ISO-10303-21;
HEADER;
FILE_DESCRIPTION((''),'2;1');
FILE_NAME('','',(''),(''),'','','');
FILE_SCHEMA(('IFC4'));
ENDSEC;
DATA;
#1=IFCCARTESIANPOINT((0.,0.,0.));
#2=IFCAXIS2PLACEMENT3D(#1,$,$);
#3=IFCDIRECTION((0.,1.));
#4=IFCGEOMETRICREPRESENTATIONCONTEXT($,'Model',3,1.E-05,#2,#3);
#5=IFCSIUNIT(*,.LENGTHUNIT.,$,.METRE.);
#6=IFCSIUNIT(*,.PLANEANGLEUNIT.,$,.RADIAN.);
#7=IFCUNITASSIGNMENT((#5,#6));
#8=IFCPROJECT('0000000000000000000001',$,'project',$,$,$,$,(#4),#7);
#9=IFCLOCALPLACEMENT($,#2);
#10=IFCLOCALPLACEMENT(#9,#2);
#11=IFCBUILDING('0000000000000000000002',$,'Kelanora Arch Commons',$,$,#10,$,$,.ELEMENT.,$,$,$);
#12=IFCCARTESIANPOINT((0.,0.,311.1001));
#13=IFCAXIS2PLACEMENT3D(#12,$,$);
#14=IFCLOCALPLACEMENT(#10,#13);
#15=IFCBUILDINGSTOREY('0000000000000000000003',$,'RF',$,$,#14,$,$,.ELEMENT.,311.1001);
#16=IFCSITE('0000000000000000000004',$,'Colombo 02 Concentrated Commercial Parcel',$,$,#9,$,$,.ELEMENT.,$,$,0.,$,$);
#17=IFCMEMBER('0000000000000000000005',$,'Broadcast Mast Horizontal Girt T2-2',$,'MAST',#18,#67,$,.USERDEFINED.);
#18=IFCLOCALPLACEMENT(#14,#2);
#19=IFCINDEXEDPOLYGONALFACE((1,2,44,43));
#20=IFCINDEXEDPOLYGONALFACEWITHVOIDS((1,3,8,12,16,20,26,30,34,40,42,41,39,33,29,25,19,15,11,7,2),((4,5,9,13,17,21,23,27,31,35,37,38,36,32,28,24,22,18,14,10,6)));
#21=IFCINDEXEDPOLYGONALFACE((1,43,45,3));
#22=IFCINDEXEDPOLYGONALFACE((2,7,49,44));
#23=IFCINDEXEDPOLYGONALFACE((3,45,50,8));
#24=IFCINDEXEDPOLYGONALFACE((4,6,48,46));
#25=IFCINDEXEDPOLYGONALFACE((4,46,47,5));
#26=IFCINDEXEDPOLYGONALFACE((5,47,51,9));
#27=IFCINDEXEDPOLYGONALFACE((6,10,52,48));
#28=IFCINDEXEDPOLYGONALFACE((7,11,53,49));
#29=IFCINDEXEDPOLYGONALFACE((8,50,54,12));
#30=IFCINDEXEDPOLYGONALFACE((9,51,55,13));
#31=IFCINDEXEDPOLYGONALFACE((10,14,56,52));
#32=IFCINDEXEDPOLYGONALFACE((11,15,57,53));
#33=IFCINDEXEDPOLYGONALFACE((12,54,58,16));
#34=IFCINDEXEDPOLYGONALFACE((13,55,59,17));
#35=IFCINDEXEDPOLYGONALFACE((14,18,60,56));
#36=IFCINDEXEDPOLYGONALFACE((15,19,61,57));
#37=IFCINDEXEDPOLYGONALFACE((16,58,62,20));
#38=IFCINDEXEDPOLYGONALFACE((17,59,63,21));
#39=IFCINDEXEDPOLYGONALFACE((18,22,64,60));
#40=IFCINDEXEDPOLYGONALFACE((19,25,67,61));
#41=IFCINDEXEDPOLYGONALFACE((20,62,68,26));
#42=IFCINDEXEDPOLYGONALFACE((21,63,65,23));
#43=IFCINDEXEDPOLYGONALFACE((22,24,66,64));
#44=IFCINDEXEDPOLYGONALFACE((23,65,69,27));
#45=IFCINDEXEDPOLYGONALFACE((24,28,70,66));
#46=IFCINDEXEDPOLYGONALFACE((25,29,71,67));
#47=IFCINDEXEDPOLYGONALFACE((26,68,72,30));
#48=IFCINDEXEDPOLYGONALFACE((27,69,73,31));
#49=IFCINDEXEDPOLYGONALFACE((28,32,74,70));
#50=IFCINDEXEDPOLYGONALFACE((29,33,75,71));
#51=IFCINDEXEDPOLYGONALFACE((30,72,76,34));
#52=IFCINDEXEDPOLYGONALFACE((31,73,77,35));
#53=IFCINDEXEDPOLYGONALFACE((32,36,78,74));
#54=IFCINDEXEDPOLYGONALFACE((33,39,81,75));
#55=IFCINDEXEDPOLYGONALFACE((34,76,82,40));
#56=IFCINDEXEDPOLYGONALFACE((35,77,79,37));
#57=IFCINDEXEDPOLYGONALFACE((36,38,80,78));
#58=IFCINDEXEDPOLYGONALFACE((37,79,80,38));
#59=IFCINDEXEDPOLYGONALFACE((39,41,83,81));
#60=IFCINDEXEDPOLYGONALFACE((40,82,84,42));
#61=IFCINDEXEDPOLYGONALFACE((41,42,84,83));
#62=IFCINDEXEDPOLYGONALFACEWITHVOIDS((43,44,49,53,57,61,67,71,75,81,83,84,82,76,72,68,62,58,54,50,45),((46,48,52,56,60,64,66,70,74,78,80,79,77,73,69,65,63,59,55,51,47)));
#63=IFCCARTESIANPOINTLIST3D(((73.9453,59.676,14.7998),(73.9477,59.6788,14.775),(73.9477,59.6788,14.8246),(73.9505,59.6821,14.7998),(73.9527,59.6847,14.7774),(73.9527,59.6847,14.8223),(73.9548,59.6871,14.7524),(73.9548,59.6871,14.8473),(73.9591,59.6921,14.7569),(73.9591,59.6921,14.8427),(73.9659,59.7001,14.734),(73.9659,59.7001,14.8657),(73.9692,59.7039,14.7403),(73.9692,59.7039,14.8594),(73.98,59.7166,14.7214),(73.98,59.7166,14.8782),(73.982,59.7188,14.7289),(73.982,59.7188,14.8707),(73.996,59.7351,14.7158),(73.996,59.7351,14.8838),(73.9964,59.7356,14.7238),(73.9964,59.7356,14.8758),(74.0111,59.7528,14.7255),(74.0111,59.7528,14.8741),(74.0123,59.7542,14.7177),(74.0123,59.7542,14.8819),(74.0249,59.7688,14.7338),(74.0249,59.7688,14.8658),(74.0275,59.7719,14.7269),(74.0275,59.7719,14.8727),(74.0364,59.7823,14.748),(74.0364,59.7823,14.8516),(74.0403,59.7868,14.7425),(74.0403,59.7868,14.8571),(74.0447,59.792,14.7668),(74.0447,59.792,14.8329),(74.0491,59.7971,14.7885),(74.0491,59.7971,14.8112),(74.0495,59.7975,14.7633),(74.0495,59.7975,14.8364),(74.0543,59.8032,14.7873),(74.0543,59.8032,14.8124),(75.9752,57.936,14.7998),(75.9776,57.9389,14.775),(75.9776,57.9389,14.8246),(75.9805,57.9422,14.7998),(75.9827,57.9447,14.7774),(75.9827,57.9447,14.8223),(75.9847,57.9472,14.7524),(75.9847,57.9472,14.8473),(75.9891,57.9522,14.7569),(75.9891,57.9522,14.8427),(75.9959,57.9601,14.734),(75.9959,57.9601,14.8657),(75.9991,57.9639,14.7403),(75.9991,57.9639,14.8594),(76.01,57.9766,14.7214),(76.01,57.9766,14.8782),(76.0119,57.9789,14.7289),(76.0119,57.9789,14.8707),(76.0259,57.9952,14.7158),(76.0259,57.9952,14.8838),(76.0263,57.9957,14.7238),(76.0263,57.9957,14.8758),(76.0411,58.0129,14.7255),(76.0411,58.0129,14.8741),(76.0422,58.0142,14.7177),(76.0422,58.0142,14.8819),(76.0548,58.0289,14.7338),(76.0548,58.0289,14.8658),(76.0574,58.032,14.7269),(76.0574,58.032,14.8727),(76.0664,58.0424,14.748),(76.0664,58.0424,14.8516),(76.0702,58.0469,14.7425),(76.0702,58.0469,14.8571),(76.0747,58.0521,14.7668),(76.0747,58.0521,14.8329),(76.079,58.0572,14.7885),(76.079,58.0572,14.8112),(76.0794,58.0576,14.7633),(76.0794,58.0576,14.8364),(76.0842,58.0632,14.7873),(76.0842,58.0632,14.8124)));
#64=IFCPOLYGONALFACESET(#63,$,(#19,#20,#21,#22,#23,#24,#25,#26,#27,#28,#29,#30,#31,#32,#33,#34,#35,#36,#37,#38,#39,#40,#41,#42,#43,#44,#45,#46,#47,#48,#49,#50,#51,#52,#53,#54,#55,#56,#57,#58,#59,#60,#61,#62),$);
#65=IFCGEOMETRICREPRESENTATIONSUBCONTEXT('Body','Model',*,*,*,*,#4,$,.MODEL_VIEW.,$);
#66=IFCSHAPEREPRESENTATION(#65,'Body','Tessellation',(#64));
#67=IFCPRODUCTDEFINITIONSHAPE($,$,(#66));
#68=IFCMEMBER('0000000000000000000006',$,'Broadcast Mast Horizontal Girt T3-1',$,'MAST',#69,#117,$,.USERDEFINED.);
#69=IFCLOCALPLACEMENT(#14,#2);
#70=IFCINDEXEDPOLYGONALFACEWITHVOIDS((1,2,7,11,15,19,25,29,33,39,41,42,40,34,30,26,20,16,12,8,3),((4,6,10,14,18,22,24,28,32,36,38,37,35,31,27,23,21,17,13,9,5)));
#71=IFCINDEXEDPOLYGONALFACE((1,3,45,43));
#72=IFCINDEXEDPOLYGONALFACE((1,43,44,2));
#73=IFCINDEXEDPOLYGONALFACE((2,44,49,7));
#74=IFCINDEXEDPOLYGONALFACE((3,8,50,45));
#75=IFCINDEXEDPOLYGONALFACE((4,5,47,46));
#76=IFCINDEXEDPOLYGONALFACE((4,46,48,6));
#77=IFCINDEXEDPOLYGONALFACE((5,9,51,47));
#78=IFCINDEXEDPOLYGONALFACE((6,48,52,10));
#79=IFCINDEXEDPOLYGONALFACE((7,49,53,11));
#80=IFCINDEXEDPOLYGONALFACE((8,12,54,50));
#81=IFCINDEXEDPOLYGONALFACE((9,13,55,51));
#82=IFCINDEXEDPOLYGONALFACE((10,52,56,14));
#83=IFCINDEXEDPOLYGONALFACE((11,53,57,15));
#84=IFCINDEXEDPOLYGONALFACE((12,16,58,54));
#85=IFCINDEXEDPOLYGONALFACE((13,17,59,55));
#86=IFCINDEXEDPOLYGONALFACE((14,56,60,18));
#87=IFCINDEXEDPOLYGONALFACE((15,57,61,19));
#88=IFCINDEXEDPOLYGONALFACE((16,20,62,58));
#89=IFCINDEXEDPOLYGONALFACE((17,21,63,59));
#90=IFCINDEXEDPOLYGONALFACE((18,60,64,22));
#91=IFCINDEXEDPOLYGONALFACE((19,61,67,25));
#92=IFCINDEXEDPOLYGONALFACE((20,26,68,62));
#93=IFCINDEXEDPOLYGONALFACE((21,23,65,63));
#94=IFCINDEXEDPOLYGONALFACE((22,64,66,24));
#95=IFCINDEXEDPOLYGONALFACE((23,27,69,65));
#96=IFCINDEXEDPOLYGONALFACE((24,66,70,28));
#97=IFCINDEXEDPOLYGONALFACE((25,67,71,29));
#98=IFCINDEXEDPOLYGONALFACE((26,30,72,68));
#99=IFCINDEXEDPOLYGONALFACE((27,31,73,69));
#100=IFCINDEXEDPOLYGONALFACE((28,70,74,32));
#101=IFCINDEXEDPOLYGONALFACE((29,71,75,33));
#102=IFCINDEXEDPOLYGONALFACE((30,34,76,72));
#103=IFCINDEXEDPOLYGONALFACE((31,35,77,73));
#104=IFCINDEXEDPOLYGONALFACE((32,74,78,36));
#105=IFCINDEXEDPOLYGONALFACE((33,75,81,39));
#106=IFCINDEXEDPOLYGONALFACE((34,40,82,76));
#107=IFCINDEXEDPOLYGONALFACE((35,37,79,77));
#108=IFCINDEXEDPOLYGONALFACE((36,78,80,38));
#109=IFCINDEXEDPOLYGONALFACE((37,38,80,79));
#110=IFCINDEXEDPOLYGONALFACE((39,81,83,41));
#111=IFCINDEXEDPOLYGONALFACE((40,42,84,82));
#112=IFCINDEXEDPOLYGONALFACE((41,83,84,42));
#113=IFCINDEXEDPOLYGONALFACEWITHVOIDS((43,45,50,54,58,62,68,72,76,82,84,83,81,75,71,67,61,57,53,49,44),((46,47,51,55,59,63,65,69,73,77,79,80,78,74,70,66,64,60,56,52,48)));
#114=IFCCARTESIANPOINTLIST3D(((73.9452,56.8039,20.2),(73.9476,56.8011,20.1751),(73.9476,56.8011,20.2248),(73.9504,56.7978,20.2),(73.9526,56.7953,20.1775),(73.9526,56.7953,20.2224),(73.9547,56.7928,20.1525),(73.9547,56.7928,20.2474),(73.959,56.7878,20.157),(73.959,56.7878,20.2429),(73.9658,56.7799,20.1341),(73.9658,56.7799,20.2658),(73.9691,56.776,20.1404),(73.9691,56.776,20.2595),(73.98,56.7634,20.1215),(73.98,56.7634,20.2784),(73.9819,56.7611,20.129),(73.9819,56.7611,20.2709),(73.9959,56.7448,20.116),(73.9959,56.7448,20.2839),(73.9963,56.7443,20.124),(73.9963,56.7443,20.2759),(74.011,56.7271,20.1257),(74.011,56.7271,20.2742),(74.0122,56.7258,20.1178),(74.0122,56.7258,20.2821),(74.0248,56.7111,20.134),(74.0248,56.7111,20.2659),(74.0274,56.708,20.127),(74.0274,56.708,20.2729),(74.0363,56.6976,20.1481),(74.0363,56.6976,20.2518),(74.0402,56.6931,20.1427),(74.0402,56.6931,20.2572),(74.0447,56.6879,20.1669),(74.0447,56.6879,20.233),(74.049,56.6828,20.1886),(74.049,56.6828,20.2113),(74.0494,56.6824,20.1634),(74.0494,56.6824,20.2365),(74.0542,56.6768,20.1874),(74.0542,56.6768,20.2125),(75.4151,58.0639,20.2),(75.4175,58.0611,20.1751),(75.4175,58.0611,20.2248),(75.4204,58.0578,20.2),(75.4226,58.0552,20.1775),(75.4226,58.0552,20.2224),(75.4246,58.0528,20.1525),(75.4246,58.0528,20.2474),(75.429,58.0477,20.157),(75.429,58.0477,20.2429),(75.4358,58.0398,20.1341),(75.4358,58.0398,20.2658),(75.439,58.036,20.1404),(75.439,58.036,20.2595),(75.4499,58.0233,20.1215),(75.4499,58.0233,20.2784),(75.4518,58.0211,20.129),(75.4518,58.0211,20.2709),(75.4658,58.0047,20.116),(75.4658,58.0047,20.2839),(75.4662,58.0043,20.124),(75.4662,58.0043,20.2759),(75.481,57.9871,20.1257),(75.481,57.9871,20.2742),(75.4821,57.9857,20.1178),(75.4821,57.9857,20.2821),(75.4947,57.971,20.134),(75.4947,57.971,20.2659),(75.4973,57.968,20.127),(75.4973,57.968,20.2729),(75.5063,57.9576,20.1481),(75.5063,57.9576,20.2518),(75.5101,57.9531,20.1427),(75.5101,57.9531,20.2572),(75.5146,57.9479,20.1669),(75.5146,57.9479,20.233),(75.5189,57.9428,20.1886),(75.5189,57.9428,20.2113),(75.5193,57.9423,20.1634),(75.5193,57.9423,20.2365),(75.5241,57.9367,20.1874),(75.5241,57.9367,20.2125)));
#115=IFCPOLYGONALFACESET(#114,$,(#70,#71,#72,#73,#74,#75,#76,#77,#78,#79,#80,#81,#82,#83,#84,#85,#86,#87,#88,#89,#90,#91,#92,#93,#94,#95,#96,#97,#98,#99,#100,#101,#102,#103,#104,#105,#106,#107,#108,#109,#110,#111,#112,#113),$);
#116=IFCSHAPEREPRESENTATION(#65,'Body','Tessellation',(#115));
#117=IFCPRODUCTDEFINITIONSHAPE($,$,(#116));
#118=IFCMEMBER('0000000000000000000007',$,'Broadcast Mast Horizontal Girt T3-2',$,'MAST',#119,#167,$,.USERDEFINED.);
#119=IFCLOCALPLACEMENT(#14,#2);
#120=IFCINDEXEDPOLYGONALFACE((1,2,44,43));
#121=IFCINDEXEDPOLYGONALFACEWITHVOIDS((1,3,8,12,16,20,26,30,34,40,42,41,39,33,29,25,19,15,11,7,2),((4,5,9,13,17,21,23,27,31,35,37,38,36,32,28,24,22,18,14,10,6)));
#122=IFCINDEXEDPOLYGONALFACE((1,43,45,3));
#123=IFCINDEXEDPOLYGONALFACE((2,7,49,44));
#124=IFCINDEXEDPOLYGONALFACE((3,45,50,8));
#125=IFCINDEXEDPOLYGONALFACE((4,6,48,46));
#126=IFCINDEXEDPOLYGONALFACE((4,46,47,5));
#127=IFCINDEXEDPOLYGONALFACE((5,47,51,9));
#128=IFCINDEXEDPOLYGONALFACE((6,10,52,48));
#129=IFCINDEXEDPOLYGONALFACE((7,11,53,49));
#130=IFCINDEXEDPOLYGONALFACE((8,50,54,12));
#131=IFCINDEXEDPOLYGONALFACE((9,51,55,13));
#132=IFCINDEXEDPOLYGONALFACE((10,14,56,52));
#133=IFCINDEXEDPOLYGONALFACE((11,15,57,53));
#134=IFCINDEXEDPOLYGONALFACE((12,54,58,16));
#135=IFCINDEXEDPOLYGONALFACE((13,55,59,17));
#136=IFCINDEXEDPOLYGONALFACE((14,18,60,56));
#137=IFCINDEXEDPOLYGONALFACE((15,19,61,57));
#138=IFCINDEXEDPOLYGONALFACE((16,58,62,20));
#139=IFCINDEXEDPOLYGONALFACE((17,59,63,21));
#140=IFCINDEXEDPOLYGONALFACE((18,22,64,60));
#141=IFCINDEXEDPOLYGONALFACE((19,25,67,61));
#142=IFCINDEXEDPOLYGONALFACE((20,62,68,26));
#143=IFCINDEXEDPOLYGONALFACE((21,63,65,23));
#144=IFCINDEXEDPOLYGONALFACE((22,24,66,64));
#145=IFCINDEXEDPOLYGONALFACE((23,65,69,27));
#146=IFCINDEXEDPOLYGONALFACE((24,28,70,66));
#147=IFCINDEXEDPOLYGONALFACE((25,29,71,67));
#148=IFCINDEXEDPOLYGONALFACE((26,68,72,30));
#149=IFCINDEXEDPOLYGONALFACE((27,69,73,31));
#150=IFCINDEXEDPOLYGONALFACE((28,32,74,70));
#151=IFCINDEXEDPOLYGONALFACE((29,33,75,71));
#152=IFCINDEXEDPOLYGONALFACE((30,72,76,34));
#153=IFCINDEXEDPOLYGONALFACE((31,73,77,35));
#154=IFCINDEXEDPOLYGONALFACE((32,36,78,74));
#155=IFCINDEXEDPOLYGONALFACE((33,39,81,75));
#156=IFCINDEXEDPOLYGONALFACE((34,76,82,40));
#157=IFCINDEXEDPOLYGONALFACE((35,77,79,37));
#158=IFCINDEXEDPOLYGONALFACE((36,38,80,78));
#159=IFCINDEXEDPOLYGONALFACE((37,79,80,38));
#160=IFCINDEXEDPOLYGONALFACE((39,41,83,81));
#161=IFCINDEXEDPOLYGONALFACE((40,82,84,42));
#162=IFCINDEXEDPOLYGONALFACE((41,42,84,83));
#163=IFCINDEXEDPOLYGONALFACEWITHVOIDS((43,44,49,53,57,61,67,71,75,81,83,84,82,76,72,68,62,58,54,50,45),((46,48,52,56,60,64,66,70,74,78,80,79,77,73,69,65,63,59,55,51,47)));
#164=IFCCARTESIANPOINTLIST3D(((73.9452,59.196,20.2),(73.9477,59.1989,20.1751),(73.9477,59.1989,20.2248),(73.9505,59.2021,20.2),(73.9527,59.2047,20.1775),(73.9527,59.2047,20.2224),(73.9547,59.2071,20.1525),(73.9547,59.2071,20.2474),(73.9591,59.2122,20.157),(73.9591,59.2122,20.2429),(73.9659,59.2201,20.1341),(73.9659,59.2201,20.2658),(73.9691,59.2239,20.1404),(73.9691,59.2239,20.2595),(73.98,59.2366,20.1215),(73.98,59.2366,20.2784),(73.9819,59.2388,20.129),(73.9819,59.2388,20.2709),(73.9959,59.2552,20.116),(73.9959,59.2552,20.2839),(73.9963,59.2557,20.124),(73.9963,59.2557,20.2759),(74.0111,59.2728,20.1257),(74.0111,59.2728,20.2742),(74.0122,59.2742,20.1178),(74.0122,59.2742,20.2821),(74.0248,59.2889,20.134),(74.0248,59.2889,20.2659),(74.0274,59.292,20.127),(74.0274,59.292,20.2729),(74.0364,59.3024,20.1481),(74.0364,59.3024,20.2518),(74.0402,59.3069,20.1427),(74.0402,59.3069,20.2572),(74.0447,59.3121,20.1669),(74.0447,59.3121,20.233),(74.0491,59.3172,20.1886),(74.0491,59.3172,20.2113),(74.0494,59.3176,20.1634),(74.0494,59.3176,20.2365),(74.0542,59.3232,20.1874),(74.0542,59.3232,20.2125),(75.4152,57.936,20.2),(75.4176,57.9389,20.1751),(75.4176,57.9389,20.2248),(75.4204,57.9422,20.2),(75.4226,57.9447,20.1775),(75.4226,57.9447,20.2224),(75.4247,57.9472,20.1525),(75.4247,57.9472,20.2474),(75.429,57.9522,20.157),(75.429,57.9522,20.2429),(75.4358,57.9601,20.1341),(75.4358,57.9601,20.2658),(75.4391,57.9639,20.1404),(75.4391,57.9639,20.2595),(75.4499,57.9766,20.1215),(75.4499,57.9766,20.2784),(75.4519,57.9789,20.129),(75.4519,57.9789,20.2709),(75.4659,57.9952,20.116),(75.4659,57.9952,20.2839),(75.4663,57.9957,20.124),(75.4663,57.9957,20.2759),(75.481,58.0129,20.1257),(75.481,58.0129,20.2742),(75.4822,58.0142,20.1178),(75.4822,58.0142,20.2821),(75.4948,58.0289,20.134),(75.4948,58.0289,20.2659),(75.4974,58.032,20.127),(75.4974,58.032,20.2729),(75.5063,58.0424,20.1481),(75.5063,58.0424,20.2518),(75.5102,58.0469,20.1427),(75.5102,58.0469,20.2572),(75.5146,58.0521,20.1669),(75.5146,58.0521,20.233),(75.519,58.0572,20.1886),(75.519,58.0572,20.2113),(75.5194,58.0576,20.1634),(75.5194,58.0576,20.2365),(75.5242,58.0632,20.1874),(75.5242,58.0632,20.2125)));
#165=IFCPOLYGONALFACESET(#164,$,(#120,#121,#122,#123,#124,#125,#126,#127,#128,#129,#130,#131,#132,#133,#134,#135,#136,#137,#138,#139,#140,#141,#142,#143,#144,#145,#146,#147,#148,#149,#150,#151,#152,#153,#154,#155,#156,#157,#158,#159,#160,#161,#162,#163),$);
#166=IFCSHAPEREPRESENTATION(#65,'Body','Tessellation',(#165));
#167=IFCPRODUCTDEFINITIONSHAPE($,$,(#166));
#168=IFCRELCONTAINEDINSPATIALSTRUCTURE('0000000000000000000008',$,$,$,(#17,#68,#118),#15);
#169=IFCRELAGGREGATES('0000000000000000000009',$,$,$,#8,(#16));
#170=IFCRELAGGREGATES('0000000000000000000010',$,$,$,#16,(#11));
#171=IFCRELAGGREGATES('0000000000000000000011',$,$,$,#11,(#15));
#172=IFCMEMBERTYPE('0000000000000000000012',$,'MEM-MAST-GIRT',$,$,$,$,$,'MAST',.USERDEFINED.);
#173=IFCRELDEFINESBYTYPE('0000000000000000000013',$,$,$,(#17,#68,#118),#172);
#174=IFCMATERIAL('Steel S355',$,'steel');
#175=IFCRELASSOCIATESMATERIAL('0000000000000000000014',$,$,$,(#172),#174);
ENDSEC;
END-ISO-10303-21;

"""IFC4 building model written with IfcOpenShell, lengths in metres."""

from ifc_helpers import new_model, si_unit, direction, frame, origin, origin_2d, place, context, subcontext, project, spatial, hollow_circle, extrude, material, material_profile, profile_set, type_object, element, save


model = new_model("IFC4")

# Units and contexts
model_context = context("Model", 3, precision=1e-05, world=origin(), true_north=direction((0.0, 1.0)))
body_context = subcontext(model_context, "Body", "Model", "MODEL_VIEW")
ifc_project = project(units=[si_unit("LENGTHUNIT", "METRE"), si_unit("PLANEANGLEUNIT", "RADIAN")], contexts=[model_context])

# Site, building, storey
site_placement = place(None, origin())
site = spatial("IfcSite", under=ifc_project, at=site_placement, Name="Colombo 02 Concentrated Commercial Parcel", CompositionType="ELEMENT", RefElevation=0.0)
building_placement = place(site_placement, origin())
building = spatial("IfcBuilding", under=site, at=building_placement, Name="Kelanora Arch Commons", CompositionType="ELEMENT")
storey_placement = place(building_placement, frame((0.0, 0.0, 311.1001)))
storey = spatial("IfcBuildingStorey", under=building, at=storey_placement, Name="RF", CompositionType="ELEMENT", Elevation=311.1001)

# Members
ifc_material = material(Name="Steel S355", Category="steel")
ifc_material_profile_1 = material_profile(ifc_material, hollow_circle(Radius=0.0842, WallThickness=0.0081, at=origin_2d()), Name="CHS168.3x8")
ifc_profile_set_1 = profile_set([ifc_material_profile_1], Name="Steel S355")
member_type_1 = type_object("IfcMemberType", Name="MEM-MAST-GIRT", ElementType="MAST", PredefinedType="USERDEFINED", material=ifc_profile_set_1)
member_1_placement = place(storey_placement, frame((76.03, 58.0, 14.7998), z_axis=(-0.759263, 0.650784, 0.0), x_axis=(-0.650784, -0.759263, 0.0)))
element("IfcMember", 1, at=member_1_placement, inside=storey, type_object=member_type_1, Name="Broadcast Mast Horizontal Girt T2-2", ObjectType="MAST", PredefinedType="USERDEFINED", context=body_context, shape_type="SweptSolid", body=[
    extrude(hollow_circle(Radius=0.0842, WallThickness=0.0081, at=origin_2d()), origin(), (0.0, 0.0, 1.0), 2.6736),
])
for number, where, z_axis, x_axis, name in (
    (2, (74.0, 56.74, 20.2), (0.759248, 0.650802, 0.0), (-0.650802, 0.759248, 0.0), "Broadcast Mast Horizontal Girt T3-1"),
    (3, (75.47, 58.0, 20.2), (-0.759248, 0.650802, 0.0), (-0.650802, -0.759248, 0.0), "Broadcast Mast Horizontal Girt T3-2"),
):
    element("IfcMember", number, at=place(storey_placement, frame(where, z_axis=z_axis, x_axis=x_axis)), inside=storey, type_object=member_type_1, Name=name, ObjectType="MAST", PredefinedType="USERDEFINED", context=body_context, shape_type="SweptSolid", body=[
        extrude(hollow_circle(Radius=0.0842, WallThickness=0.0081, at=origin_2d()), origin(), (0.0, 0.0, 1.0), 1.936),
    ])

save(model, "model.ifc")
